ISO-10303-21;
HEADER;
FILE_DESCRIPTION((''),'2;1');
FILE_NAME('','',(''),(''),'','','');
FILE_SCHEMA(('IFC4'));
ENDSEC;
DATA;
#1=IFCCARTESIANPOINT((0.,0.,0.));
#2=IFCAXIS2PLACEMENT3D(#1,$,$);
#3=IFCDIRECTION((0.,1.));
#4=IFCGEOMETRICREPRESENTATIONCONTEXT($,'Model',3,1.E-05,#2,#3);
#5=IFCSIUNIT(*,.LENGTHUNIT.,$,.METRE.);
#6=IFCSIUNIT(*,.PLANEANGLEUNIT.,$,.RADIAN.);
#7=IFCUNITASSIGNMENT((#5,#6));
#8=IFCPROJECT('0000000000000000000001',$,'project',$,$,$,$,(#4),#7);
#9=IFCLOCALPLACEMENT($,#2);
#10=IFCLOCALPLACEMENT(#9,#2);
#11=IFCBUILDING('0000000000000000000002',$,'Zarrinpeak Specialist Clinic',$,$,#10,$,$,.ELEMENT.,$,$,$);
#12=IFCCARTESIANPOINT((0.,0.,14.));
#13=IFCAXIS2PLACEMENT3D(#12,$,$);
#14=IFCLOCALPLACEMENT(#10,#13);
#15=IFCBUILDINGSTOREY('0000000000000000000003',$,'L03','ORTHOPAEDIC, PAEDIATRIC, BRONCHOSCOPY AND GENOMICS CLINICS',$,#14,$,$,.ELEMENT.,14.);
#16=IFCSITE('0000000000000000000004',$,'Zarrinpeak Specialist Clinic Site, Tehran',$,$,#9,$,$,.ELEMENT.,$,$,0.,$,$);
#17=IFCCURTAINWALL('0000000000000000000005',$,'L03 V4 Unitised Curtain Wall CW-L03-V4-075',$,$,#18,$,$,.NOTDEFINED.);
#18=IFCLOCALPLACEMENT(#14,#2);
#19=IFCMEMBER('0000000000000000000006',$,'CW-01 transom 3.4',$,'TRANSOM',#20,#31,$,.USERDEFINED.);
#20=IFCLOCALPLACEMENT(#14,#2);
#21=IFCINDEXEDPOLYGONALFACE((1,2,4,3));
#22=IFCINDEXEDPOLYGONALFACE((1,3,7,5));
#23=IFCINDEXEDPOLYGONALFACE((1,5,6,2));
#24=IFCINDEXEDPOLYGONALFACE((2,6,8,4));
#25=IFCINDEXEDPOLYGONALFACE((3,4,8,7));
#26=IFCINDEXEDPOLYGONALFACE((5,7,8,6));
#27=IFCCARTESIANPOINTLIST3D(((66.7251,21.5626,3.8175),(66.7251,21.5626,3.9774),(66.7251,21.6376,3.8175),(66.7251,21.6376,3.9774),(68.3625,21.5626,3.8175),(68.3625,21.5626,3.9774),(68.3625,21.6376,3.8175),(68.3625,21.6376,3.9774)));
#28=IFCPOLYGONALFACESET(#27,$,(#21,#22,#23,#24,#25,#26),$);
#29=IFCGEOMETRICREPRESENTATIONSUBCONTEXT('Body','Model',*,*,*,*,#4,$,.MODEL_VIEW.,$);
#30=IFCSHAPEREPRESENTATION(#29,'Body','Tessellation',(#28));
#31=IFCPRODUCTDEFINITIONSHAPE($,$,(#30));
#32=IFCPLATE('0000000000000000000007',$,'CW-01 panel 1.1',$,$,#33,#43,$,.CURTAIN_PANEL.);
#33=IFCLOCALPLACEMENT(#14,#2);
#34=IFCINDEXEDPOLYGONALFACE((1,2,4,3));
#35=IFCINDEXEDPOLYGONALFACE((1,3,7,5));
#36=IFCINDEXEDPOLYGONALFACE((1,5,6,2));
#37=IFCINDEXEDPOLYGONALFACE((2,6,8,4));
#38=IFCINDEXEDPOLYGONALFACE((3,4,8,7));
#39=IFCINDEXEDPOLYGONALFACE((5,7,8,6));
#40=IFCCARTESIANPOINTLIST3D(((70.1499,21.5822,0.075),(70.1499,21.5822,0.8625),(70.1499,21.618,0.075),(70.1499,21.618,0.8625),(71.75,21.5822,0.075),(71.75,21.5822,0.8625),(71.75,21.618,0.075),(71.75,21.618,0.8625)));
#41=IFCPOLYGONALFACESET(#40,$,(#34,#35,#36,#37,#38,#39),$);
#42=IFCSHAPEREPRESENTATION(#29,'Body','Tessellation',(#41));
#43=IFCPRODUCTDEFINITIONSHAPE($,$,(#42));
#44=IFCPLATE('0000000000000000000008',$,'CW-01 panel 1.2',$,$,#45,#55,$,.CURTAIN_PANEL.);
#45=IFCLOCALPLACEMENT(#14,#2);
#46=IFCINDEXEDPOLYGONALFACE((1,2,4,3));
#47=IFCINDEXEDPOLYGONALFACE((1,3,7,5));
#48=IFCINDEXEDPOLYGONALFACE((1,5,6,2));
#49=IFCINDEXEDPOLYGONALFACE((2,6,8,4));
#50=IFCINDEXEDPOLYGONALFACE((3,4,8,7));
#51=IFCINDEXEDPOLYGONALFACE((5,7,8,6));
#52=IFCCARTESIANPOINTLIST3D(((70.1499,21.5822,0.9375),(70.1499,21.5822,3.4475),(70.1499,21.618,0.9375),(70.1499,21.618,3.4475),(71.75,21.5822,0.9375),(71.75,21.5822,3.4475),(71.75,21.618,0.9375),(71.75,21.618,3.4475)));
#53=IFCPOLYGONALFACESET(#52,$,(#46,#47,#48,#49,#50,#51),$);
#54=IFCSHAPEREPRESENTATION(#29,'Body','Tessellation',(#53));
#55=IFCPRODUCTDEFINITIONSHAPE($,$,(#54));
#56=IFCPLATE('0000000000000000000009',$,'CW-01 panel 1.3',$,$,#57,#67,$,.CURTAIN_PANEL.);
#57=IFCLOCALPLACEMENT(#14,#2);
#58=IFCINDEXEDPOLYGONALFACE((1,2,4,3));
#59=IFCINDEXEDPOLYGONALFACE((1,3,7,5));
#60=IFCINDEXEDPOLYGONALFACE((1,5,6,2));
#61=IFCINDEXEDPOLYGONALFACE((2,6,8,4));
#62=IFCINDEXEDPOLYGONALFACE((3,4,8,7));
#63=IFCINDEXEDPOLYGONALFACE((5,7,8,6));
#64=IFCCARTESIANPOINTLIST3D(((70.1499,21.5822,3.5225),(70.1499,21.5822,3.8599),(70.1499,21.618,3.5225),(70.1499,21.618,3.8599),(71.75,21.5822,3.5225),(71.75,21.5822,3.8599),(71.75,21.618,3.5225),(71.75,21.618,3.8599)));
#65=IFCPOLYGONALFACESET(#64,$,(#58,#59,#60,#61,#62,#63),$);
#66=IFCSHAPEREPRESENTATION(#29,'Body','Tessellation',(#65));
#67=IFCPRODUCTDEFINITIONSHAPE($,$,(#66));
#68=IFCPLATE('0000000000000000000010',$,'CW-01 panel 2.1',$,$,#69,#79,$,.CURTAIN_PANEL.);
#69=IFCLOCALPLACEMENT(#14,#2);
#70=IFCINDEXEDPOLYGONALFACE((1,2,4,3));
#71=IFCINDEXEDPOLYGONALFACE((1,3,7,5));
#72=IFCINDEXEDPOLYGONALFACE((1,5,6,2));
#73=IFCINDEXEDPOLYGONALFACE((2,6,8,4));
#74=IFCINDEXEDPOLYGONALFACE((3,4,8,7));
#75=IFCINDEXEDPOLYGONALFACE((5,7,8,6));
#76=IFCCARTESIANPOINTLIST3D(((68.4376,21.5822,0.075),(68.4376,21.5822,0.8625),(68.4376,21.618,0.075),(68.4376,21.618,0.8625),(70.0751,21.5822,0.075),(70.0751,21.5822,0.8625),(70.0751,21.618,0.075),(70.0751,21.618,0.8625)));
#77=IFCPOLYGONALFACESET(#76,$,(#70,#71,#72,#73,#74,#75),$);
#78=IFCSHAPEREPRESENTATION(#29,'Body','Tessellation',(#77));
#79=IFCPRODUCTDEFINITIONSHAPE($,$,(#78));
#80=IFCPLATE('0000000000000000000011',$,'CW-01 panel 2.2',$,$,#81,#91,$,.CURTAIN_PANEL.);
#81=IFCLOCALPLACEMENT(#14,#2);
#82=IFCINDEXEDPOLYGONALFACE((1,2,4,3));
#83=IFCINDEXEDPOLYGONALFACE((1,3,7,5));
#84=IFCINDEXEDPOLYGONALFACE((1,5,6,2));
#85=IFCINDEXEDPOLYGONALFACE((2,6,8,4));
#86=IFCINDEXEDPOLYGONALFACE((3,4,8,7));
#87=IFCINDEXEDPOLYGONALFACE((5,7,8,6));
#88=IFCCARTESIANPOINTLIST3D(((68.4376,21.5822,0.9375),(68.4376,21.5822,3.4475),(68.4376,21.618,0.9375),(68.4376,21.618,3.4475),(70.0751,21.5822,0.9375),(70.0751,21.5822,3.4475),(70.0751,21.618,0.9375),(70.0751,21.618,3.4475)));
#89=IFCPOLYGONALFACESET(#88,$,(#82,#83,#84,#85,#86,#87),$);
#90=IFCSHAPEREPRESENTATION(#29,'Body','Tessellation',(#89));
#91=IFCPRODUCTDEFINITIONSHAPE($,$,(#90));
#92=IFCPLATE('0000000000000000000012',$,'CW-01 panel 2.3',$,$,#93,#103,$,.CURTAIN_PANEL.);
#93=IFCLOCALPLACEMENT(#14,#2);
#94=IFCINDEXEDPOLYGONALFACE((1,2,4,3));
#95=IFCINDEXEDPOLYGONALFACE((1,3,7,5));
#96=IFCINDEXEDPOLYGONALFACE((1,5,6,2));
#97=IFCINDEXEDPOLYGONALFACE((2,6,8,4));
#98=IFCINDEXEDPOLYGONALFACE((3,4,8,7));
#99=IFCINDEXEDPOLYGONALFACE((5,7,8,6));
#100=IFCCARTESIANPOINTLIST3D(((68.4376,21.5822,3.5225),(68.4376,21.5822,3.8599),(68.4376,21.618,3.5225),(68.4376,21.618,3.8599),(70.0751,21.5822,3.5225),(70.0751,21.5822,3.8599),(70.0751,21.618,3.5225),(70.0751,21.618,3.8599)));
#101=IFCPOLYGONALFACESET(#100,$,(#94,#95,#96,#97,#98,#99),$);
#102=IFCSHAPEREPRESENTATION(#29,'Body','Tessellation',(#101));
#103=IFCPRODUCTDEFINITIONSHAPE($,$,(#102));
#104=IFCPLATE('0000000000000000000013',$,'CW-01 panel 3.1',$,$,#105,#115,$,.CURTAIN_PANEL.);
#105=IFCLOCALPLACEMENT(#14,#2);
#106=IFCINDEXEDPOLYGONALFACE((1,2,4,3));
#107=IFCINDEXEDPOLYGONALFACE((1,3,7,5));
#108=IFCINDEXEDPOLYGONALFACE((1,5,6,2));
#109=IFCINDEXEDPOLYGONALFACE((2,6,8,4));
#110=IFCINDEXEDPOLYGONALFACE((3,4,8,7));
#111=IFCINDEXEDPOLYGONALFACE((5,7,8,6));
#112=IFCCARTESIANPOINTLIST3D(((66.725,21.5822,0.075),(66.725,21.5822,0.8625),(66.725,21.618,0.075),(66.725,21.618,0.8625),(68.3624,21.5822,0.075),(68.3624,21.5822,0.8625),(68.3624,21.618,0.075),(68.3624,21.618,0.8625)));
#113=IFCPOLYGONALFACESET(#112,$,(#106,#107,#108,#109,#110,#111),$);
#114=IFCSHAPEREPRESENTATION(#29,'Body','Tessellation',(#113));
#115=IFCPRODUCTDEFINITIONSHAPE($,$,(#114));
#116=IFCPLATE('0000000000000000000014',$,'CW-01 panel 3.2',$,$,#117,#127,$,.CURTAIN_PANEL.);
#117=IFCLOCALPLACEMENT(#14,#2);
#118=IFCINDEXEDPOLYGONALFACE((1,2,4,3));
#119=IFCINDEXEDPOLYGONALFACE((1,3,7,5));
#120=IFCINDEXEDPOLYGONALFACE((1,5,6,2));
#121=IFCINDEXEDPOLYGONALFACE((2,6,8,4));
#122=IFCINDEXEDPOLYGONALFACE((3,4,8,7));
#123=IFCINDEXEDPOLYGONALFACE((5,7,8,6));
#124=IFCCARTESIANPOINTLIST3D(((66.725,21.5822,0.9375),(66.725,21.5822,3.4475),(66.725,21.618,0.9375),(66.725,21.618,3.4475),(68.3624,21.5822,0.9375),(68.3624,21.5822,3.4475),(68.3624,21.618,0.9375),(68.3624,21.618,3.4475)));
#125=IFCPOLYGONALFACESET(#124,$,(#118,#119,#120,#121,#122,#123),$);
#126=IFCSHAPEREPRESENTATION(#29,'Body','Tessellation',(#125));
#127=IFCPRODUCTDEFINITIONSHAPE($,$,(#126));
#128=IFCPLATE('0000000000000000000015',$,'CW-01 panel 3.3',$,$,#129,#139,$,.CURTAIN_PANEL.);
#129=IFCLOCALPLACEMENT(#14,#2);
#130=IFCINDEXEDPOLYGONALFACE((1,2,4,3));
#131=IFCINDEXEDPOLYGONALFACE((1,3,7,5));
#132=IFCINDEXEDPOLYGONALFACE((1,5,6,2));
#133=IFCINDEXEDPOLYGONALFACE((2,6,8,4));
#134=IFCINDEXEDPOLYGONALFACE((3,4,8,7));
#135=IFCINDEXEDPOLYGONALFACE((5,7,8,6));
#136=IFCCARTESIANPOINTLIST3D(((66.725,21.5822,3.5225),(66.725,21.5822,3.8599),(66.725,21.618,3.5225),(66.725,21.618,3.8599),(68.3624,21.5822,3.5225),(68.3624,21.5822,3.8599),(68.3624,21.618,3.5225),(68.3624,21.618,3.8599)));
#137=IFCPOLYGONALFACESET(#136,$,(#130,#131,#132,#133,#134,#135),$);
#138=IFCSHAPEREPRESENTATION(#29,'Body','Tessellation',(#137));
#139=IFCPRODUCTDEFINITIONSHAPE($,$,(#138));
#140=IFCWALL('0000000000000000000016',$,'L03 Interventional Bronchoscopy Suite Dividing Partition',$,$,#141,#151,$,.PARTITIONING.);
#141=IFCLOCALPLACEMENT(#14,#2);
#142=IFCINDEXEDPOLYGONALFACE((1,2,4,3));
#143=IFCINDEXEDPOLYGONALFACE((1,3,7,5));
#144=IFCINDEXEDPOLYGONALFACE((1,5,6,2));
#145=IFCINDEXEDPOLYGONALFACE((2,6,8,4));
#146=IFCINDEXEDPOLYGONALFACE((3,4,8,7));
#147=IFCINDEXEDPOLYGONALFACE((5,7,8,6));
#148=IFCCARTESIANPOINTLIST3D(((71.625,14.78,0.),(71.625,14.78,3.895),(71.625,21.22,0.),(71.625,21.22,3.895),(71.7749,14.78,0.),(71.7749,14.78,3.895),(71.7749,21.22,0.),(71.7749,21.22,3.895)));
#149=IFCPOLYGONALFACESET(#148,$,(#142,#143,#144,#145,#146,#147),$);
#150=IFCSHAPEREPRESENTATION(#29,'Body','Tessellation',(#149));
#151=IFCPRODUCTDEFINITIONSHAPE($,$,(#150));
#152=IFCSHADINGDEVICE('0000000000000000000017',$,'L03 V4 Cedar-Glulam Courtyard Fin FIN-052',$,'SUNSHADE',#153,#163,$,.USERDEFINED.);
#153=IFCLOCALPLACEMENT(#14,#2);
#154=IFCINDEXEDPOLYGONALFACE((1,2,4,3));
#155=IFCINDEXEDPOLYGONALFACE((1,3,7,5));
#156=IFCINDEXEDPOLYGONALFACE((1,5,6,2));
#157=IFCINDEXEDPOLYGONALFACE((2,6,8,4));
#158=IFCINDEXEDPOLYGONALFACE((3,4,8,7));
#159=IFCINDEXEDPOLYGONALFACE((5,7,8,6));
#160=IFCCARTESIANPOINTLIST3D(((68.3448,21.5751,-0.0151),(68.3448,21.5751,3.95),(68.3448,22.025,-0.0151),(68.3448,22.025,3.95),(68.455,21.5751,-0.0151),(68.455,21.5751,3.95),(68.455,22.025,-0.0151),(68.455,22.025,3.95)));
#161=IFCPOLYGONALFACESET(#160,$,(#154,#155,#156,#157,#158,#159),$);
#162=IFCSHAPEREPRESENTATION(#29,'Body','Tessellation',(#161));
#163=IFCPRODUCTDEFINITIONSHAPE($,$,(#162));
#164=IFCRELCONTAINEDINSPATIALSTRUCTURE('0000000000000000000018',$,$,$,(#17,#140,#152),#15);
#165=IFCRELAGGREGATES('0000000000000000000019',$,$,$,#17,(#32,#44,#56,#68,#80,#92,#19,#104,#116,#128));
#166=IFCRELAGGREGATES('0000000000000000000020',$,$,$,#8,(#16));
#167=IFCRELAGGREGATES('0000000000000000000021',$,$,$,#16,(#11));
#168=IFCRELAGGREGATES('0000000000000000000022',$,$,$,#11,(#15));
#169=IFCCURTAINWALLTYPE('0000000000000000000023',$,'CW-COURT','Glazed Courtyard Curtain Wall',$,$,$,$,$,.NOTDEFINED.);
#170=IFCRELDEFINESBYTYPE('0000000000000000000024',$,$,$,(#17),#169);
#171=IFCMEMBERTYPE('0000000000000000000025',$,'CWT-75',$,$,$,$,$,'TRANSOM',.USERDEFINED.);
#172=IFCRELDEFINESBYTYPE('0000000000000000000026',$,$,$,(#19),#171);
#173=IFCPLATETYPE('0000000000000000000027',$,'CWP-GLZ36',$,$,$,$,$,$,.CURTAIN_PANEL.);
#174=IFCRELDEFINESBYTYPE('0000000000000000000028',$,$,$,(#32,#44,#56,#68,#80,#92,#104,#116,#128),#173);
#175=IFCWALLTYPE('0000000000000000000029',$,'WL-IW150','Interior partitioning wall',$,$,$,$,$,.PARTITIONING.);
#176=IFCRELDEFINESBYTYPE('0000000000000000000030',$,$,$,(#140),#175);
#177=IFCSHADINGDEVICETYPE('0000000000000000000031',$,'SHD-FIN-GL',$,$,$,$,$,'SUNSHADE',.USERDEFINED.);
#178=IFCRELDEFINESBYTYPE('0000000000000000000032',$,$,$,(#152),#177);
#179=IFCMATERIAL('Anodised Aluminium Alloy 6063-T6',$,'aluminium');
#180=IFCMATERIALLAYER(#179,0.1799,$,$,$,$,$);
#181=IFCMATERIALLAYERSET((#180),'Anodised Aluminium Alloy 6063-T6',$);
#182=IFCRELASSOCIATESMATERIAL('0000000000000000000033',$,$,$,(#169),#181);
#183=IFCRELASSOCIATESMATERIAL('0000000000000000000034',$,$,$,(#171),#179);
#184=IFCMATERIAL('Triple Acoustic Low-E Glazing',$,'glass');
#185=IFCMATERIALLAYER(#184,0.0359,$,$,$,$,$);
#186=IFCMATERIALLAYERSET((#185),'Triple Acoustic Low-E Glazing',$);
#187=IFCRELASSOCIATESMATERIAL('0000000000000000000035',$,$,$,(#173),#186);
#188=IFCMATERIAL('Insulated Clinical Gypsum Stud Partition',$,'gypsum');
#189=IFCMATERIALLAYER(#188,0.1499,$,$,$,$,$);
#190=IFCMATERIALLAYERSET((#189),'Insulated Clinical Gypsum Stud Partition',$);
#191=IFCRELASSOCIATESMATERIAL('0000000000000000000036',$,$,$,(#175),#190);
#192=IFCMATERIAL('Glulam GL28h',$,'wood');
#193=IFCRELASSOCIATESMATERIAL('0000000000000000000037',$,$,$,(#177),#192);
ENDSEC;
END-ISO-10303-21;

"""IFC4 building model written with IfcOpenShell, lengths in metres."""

from ifc_helpers import new_model, si_unit, direction, frame, frame_2d, origin, origin_2d, place, context, subcontext, project, spatial, rectangle, extrude, material, layer, layer_set, material_profile, profile_set, type_object, element, aggregate, save


model = new_model("IFC4")

# Units and contexts
model_context = context("Model", 3, precision=1e-05, world=origin(), true_north=direction((0.0, 1.0)))
body_context = subcontext(model_context, "Body", "Model", "MODEL_VIEW")
ifc_project = project(units=[si_unit("LENGTHUNIT", "METRE"), si_unit("PLANEANGLEUNIT", "RADIAN")], contexts=[model_context])

# Site, building, storey
site_placement = place(None, origin())
site = spatial("IfcSite", under=ifc_project, at=site_placement, Name="Zarrinpeak Specialist Clinic Site, Tehran", CompositionType="ELEMENT", RefElevation=0.0)
building_placement = place(site_placement, origin())
building = spatial("IfcBuilding", under=site, at=building_placement, Name="Zarrinpeak Specialist Clinic", CompositionType="ELEMENT")
storey_placement = place(building_placement, frame((0.0, 0.0, 14.0)))
storey = spatial("IfcBuildingStorey", under=building, at=storey_placement, Name="L03", Description="ORTHOPAEDIC, PAEDIATRIC, BRONCHOSCOPY AND GENOMICS CLINICS", CompositionType="ELEMENT", Elevation=14.0)

# Curtain wall, member, plates
ifc_material_1 = material(Name="Anodised Aluminium Alloy 6063-T6", Category="aluminium")
ifc_layer_1 = layer(ifc_material_1, 0.1799)
ifc_layer_set_1 = layer_set([ifc_layer_1], Name="Anodised Aluminium Alloy 6063-T6")
curtain_wall_type = type_object("IfcCurtainWallType", Name="CW-COURT", Description="Glazed Courtyard Curtain Wall", PredefinedType="NOTDEFINED", material=ifc_layer_set_1)
curtain_wall_placement = place(storey_placement, origin())
curtain_wall = element("IfcCurtainWall", 1, at=curtain_wall_placement, inside=storey, type_object=curtain_wall_type, Name="L03 V4 Unitised Curtain Wall CW-L03-V4-075", PredefinedType="NOTDEFINED")
ifc_material_profile_1 = material_profile(ifc_material_1, rectangle(XDim=0.075, YDim=0.1599, at=origin_2d()), Name="ALU 75x160")
ifc_profile_set_1 = profile_set([ifc_material_profile_1], Name="Anodised Aluminium Alloy 6063-T6")
member_type_1 = type_object("IfcMemberType", Name="CWT-75", ElementType="TRANSOM", PredefinedType="USERDEFINED", material=ifc_profile_set_1)
member_1_placement = place(storey_placement, frame((68.3625, 21.6001, 3.8975), z_axis=(-1.0, 0.0, 0.0), x_axis=(0.0, -1.0, 0.0)))
member_1 = element("IfcMember", 2, at=member_1_placement, type_object=member_type_1, Name="CW-01 transom 3.4", ObjectType="TRANSOM", PredefinedType="USERDEFINED", context=body_context, shape_type="SweptSolid", body=[
    extrude(rectangle(XDim=0.075, YDim=0.1599, at=origin_2d()), origin(), (0.0, 0.0, 1.0), 1.6375),
])
ifc_material_2 = material(Name="Triple Acoustic Low-E Glazing", Category="glass")
ifc_layer_2 = layer(ifc_material_2, 0.0359)
ifc_layer_set_2 = layer_set([ifc_layer_2], Name="Triple Acoustic Low-E Glazing")
plate_type = type_object("IfcPlateType", Name="CWP-GLZ36", PredefinedType="CURTAIN_PANEL", material=ifc_layer_set_2)
plate_1_placement = place(storey_placement, frame((70.95, 21.6001, 0.075), z_axis=(0.0, 0.0, 1.0), x_axis=(-1.0, 0.0, 0.0)))
plate_1 = element("IfcPlate", 3, at=plate_1_placement, type_object=plate_type, Name="CW-01 panel 1.1", PredefinedType="CURTAIN_PANEL", context=body_context, shape_type="SweptSolid", body=[
    extrude(rectangle(XDim=1.6001, YDim=0.0359, at=origin_2d()), origin(), (0.0, 0.0, 1.0), 0.7876),
])
plate_2_placement = place(storey_placement, frame((70.95, 21.6001, 0.9375), z_axis=(0.0, 0.0, 1.0), x_axis=(-1.0, 0.0, 0.0)))
plate_2 = element("IfcPlate", 4, at=plate_2_placement, type_object=plate_type, Name="CW-01 panel 1.2", PredefinedType="CURTAIN_PANEL", context=body_context, shape_type="SweptSolid", body=[
    extrude(rectangle(XDim=1.6001, YDim=0.0359, at=origin_2d()), origin(), (0.0, 0.0, 1.0), 2.51),
])
plate_3_placement = place(storey_placement, frame((70.95, 21.6001, 3.5225), z_axis=(0.0, 0.0, 1.0), x_axis=(-1.0, 0.0, 0.0)))
plate_3 = element("IfcPlate", 5, at=plate_3_placement, type_object=plate_type, Name="CW-01 panel 1.3", PredefinedType="CURTAIN_PANEL", context=body_context, shape_type="SweptSolid", body=[
    extrude(rectangle(XDim=1.6001, YDim=0.0359, at=origin_2d()), origin(), (0.0, 0.0, 1.0), 0.3374),
])
plate_4_placement = place(storey_placement, frame((69.2563, 21.6001, 0.075), z_axis=(0.0, 0.0, 1.0), x_axis=(-1.0, 0.0, 0.0)))
plate_4 = element("IfcPlate", 6, at=plate_4_placement, type_object=plate_type, Name="CW-01 panel 2.1", PredefinedType="CURTAIN_PANEL", context=body_context, shape_type="SweptSolid", body=[
    extrude(rectangle(XDim=1.6375, YDim=0.0359, at=origin_2d()), origin(), (0.0, 0.0, 1.0), 0.7876),
])
plate_5_placement = place(storey_placement, frame((69.2563, 21.6001, 0.9375), z_axis=(0.0, 0.0, 1.0), x_axis=(-1.0, 0.0, 0.0)))
plate_5 = element("IfcPlate", 7, at=plate_5_placement, type_object=plate_type, Name="CW-01 panel 2.2", PredefinedType="CURTAIN_PANEL", context=body_context, shape_type="SweptSolid", body=[
    extrude(rectangle(XDim=1.6375, YDim=0.0359, at=origin_2d()), origin(), (0.0, 0.0, 1.0), 2.51),
])
plate_6_placement = place(storey_placement, frame((69.2563, 21.6001, 3.5225), z_axis=(0.0, 0.0, 1.0), x_axis=(-1.0, 0.0, 0.0)))
plate_6 = element("IfcPlate", 8, at=plate_6_placement, type_object=plate_type, Name="CW-01 panel 2.3", PredefinedType="CURTAIN_PANEL", context=body_context, shape_type="SweptSolid", body=[
    extrude(rectangle(XDim=1.6375, YDim=0.0359, at=origin_2d()), origin(), (0.0, 0.0, 1.0), 0.3374),
])
plate_7_placement = place(storey_placement, frame((67.5437, 21.6001, 0.075), z_axis=(0.0, 0.0, 1.0), x_axis=(-1.0, 0.0, 0.0)))
plate_7 = element("IfcPlate", 9, at=plate_7_placement, type_object=plate_type, Name="CW-01 panel 3.1", PredefinedType="CURTAIN_PANEL", context=body_context, shape_type="SweptSolid", body=[
    extrude(rectangle(XDim=1.6375, YDim=0.0359, at=origin_2d()), origin(), (0.0, 0.0, 1.0), 0.7876),
])
plate_8_placement = place(storey_placement, frame((67.5437, 21.6001, 0.9375), z_axis=(0.0, 0.0, 1.0), x_axis=(-1.0, 0.0, 0.0)))
plate_8 = element("IfcPlate", 10, at=plate_8_placement, type_object=plate_type, Name="CW-01 panel 3.2", PredefinedType="CURTAIN_PANEL", context=body_context, shape_type="SweptSolid", body=[
    extrude(rectangle(XDim=1.6375, YDim=0.0359, at=origin_2d()), origin(), (0.0, 0.0, 1.0), 2.51),
])
plate_9_placement = place(storey_placement, frame((67.5437, 21.6001, 3.5225), z_axis=(0.0, 0.0, 1.0), x_axis=(-1.0, 0.0, 0.0)))
plate_9 = element("IfcPlate", 11, at=plate_9_placement, type_object=plate_type, Name="CW-01 panel 3.3", PredefinedType="CURTAIN_PANEL", context=body_context, shape_type="SweptSolid", body=[
    extrude(rectangle(XDim=1.6375, YDim=0.0359, at=origin_2d()), origin(), (0.0, 0.0, 1.0), 0.3374),
])
aggregate(curtain_wall, [plate_1, plate_2, plate_3, plate_4, plate_5, plate_6, member_1, plate_7, plate_8, plate_9])

# Wall
ifc_material_3 = material(Name="Insulated Clinical Gypsum Stud Partition", Category="gypsum")
ifc_layer_3 = layer(ifc_material_3, 0.1499)
ifc_layer_set_3 = layer_set([ifc_layer_3], Name="Insulated Clinical Gypsum Stud Partition")
wall_type = type_object("IfcWallType", Name="WL-IW150", Description="Interior partitioning wall", PredefinedType="PARTITIONING", material=ifc_layer_set_3)
wall_placement = place(storey_placement, frame((71.7, 14.78, 0.0), z_axis=(0.0, 0.0, 1.0), x_axis=(0.0, 1.0, 0.0)))
element("IfcWall", 12, at=wall_placement, inside=storey, type_object=wall_type, Name="L03 Interventional Bronchoscopy Suite Dividing Partition", PredefinedType="PARTITIONING", context=body_context, shape_type="SweptSolid", body=[
    extrude(rectangle(XDim=6.4399, YDim=0.1499, at=frame_2d((3.22, 0.0))), origin(), (0.0, 0.0, 1.0), 3.895),
])

# Shading device
ifc_material_4 = material(Name="Glulam GL28h", Category="wood")
shading_device_type = type_object("IfcShadingDeviceType", Name="SHD-FIN-GL", ElementType="SUNSHADE", PredefinedType="USERDEFINED", material=ifc_material_4)
shading_device_placement = place(storey_placement, frame((68.3999, 21.8, -0.0151), z_axis=(0.0, 0.0, 1.0), x_axis=(1.0, 0.0, 0.0)))
element("IfcShadingDevice", 13, at=shading_device_placement, inside=storey, type_object=shading_device_type, Name="L03 V4 Cedar-Glulam Courtyard Fin FIN-052", ObjectType="SUNSHADE", PredefinedType="USERDEFINED", context=body_context, shape_type="SweptSolid", body=[
    extrude(rectangle(XDim=0.1101, YDim=0.45, at=origin_2d()), origin(), (0.0, 0.0, 1.0), 3.9651),
])

save(model, "model.ifc")
